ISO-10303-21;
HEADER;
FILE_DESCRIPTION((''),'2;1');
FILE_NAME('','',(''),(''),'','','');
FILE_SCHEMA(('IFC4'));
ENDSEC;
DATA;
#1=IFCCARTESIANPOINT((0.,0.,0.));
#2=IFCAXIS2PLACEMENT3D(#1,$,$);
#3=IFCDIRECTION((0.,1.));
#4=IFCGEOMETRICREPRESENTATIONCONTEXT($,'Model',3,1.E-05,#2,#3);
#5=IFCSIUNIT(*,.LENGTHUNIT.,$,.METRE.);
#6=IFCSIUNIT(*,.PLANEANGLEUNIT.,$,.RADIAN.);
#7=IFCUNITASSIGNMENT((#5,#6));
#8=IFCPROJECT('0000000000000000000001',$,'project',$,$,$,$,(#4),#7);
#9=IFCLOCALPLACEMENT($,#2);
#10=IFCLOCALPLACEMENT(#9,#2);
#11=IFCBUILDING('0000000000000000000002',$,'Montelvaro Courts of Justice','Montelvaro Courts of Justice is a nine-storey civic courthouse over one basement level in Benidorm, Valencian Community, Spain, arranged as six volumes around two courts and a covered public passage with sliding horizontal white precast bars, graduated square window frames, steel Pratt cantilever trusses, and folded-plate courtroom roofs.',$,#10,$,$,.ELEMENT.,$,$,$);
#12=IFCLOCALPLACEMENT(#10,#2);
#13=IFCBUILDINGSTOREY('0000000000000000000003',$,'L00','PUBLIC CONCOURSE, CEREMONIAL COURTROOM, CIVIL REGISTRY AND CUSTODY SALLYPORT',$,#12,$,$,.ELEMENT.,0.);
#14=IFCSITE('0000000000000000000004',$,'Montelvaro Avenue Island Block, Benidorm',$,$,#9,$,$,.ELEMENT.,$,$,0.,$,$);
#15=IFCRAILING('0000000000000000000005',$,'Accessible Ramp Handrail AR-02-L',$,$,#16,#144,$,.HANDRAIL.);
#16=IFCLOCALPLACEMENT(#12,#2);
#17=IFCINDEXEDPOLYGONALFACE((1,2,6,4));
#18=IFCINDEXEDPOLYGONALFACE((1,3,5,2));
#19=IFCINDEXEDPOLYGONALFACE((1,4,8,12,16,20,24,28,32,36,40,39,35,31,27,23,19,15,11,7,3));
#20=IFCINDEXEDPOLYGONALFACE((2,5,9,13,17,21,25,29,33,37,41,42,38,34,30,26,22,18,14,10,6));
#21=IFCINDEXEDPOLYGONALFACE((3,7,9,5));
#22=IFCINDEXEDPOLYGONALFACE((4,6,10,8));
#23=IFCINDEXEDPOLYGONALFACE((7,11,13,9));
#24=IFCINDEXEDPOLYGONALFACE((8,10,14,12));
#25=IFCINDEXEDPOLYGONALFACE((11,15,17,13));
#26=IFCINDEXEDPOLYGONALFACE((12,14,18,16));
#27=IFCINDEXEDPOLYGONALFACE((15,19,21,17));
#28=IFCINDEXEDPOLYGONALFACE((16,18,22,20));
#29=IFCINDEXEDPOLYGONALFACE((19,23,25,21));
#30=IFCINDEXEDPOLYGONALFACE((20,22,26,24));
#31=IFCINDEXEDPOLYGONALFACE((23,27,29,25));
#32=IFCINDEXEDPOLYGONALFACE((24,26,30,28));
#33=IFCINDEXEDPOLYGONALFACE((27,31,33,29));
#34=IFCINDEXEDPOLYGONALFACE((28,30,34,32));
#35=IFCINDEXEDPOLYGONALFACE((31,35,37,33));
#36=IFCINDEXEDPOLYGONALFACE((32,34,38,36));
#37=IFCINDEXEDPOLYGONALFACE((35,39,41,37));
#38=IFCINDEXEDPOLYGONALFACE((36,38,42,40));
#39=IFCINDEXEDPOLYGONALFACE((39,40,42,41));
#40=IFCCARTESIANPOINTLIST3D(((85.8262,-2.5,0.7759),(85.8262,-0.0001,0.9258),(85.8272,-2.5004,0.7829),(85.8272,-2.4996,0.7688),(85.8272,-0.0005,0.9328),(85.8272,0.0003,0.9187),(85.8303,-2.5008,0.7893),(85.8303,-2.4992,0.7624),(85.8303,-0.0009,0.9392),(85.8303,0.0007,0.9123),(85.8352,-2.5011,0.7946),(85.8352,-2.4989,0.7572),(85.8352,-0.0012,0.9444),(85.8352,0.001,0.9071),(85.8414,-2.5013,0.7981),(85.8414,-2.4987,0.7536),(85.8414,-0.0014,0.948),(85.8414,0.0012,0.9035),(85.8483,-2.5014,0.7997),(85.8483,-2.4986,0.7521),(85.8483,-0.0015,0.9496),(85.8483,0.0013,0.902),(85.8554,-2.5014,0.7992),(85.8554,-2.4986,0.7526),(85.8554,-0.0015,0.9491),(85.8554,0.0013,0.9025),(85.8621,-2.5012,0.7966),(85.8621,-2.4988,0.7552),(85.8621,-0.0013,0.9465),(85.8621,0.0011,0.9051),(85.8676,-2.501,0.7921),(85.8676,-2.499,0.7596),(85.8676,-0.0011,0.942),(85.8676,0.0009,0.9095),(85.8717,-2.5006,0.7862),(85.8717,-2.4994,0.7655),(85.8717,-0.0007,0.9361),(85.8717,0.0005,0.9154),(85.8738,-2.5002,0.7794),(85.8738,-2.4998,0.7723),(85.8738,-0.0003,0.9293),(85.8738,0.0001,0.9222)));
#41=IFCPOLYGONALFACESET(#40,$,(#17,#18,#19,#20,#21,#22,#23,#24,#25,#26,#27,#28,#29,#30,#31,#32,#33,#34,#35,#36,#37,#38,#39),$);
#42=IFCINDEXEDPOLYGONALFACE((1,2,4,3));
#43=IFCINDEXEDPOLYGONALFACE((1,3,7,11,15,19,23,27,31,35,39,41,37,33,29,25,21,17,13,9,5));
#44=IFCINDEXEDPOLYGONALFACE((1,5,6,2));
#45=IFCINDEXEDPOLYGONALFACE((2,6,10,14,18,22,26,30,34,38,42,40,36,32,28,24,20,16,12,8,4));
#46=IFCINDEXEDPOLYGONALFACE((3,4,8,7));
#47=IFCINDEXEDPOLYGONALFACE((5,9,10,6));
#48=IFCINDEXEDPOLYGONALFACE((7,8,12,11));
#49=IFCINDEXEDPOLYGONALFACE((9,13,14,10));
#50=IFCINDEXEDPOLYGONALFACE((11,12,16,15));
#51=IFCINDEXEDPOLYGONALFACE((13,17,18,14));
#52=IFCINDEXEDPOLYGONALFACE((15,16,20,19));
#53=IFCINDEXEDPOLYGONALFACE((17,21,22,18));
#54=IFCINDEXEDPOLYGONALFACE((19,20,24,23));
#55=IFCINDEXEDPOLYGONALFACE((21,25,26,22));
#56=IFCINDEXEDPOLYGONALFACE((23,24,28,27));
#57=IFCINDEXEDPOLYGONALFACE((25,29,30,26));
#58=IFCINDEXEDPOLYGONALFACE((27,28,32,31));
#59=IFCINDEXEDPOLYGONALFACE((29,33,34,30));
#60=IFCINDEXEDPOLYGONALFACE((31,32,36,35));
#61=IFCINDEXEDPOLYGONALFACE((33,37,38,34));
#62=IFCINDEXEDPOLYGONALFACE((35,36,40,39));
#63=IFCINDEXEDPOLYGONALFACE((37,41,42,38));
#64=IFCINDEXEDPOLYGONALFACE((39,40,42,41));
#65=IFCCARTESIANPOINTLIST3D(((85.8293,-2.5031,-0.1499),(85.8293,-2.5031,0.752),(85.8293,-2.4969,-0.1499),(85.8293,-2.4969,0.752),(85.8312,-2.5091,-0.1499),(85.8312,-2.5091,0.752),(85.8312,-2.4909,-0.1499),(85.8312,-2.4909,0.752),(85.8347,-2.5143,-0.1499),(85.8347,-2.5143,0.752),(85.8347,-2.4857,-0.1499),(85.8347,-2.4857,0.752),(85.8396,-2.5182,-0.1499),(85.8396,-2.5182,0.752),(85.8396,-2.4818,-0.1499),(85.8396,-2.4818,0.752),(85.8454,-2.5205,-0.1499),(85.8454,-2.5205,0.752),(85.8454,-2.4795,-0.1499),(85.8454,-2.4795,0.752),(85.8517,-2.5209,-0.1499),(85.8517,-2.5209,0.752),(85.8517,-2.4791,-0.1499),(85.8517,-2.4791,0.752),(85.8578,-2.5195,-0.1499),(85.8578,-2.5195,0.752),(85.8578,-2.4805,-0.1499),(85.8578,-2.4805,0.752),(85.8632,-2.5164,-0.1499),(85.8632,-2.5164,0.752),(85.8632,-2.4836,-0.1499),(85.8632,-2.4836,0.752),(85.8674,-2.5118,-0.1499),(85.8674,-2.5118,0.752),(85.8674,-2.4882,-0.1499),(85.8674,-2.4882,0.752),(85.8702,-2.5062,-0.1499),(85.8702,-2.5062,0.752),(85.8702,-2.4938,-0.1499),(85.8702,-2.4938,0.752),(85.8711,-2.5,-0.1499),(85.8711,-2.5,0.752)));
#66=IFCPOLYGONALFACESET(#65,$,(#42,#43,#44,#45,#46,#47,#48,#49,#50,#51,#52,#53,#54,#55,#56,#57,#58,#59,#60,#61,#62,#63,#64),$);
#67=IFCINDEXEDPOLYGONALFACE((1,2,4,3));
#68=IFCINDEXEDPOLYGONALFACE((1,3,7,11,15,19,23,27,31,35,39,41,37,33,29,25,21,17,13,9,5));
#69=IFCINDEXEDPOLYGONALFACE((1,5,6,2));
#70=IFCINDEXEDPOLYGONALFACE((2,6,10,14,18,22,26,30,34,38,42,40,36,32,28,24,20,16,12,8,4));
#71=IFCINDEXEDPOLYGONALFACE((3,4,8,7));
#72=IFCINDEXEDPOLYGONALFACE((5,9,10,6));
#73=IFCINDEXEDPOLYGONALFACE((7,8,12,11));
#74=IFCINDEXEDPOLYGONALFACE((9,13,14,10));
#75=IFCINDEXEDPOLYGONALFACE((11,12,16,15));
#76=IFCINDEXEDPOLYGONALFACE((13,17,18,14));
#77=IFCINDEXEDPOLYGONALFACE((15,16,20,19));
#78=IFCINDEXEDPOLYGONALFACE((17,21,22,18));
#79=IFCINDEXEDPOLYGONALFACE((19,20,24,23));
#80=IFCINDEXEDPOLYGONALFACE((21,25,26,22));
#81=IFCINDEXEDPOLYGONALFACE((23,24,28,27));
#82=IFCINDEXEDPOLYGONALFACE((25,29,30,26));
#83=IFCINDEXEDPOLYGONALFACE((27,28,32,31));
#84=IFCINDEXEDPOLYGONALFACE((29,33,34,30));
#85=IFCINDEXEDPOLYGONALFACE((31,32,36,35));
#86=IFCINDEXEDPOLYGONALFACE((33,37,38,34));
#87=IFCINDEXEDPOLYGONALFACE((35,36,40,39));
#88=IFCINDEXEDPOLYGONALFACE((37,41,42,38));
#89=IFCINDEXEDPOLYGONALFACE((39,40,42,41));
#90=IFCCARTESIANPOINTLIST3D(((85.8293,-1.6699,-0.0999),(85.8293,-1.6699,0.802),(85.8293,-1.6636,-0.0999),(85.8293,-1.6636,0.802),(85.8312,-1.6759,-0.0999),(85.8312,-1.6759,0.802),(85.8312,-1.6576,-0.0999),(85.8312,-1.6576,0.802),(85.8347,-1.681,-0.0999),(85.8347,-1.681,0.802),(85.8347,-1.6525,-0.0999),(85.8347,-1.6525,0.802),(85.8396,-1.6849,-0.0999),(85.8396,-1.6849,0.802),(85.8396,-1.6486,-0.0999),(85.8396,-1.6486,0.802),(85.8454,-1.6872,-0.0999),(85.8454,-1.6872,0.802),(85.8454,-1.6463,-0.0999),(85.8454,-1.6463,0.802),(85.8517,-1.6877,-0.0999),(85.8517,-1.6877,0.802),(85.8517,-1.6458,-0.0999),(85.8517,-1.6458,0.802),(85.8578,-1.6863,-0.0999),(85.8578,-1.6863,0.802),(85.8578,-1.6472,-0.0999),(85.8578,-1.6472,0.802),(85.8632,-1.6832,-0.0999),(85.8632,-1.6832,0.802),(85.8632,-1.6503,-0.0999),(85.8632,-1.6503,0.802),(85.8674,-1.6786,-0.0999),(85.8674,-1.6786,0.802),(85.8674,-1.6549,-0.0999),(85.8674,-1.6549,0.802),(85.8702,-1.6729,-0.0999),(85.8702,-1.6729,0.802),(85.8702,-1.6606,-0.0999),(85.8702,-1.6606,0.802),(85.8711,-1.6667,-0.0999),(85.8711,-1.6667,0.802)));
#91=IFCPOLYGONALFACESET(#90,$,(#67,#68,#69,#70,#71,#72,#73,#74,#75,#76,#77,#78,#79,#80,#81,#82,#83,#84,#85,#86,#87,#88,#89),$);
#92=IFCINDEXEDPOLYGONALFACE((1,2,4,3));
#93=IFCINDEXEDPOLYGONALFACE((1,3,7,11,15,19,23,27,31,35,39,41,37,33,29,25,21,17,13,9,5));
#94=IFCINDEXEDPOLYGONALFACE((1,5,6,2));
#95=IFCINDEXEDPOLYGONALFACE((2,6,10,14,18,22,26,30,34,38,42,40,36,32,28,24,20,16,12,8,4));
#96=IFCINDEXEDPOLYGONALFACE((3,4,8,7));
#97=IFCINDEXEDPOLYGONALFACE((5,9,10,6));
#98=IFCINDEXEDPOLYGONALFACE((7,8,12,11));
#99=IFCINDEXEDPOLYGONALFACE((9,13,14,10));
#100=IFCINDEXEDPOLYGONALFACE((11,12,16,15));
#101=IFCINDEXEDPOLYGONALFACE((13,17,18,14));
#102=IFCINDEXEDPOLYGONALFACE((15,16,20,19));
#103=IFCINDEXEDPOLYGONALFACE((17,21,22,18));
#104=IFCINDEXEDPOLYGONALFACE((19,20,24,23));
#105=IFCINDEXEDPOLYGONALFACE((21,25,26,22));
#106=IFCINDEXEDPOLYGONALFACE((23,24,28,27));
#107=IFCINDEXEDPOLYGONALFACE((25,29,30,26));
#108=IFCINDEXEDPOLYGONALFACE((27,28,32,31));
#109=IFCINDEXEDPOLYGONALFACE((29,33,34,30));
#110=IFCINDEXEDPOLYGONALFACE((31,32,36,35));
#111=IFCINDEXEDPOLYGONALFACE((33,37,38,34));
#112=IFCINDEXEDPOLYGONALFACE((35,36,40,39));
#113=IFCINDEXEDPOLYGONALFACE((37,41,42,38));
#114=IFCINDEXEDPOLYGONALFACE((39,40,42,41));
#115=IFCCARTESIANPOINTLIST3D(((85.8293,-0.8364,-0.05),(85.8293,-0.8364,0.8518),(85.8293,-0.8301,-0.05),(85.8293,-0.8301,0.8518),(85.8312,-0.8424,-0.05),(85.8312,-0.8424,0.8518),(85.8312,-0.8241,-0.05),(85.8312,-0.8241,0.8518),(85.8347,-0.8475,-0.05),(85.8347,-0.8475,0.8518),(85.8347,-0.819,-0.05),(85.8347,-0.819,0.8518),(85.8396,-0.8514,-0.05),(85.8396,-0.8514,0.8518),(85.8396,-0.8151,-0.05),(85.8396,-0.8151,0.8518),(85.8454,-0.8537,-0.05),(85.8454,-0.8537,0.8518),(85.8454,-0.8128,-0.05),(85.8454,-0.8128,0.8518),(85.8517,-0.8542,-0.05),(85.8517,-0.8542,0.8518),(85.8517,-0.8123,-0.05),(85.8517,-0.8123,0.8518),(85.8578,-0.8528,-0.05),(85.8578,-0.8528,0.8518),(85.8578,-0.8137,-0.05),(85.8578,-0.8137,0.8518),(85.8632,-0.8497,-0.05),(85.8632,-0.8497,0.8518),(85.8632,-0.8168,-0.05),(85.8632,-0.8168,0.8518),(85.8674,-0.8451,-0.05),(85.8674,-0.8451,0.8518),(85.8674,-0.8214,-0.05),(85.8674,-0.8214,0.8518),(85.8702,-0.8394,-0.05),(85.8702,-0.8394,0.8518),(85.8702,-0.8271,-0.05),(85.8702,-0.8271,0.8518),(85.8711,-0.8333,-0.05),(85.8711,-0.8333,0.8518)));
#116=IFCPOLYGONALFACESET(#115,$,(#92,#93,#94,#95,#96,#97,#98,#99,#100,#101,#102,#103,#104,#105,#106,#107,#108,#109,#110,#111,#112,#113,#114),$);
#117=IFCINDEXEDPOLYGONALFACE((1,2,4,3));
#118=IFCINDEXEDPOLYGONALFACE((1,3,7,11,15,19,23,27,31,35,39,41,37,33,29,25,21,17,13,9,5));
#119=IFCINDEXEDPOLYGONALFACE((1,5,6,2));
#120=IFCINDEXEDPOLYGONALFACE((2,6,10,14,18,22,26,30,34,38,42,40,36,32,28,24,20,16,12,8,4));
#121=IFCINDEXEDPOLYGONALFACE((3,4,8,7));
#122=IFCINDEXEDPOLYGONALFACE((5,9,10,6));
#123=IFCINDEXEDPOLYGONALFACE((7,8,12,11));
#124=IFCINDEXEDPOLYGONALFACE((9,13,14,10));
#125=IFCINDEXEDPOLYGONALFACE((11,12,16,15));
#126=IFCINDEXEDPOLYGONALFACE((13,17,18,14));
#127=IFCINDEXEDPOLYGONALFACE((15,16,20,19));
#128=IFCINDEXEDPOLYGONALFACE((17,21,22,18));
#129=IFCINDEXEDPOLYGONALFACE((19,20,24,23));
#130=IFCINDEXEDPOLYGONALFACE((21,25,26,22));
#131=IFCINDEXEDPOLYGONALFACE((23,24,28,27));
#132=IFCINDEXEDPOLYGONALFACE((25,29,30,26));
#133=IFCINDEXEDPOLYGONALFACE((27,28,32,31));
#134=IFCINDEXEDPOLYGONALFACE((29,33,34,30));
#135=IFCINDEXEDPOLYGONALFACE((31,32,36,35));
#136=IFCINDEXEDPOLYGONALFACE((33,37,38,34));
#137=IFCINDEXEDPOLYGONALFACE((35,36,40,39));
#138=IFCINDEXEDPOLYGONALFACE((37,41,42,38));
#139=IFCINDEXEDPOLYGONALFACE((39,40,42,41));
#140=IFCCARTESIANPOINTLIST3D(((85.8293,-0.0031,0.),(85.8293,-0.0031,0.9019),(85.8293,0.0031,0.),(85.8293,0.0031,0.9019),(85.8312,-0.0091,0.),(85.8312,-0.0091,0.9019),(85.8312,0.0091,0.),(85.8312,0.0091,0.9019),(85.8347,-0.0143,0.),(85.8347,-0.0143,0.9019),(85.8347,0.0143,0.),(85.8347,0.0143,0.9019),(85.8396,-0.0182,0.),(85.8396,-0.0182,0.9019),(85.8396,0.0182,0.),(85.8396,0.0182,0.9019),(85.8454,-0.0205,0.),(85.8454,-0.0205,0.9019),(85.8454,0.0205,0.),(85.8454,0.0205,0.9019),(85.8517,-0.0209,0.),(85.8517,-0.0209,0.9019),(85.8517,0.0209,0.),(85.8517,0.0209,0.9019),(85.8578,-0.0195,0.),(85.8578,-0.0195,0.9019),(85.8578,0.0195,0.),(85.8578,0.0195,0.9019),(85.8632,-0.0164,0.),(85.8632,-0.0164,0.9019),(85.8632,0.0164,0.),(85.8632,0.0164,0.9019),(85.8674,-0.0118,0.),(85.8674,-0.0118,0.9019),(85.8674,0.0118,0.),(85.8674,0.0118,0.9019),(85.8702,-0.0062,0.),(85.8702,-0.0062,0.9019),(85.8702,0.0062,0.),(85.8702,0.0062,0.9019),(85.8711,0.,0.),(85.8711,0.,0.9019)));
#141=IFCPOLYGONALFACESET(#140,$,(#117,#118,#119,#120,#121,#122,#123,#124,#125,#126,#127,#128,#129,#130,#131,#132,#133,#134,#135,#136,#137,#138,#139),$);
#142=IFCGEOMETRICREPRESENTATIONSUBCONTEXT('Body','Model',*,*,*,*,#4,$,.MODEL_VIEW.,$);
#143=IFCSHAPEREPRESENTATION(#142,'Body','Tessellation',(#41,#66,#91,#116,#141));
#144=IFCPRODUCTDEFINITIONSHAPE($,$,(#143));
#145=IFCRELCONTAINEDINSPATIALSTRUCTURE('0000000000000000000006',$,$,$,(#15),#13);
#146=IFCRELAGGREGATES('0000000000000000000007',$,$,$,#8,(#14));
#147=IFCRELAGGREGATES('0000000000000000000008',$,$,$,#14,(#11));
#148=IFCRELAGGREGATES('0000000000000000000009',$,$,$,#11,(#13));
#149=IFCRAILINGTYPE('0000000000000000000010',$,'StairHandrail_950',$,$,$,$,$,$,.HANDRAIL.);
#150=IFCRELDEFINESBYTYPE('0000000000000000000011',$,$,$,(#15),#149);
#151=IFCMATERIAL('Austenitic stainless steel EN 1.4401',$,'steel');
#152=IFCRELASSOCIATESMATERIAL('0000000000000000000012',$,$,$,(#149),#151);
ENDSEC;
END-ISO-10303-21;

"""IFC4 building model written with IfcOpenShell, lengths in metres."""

from ifc_helpers import new_model, si_unit, direction, frame, origin, origin_2d, place, context, subcontext, project, spatial, circle, extrude, material, type_object, element, save


model = new_model("IFC4")

# Units and contexts
model_context = context("Model", 3, precision=1e-05, world=origin(), true_north=direction((0.0, 1.0)))
body_context = subcontext(model_context, "Body", "Model", "MODEL_VIEW")
ifc_project = project(units=[si_unit("LENGTHUNIT", "METRE"), si_unit("PLANEANGLEUNIT", "RADIAN")], contexts=[model_context])

# Site, building, storey
site_placement = place(None, origin())
site = spatial("IfcSite", under=ifc_project, at=site_placement, Name="Montelvaro Avenue Island Block, Benidorm", CompositionType="ELEMENT", RefElevation=0.0)
building_placement = place(site_placement, origin())
building = spatial("IfcBuilding", under=site, at=building_placement, Name="Montelvaro Courts of Justice", Description="Montelvaro Courts of Justice is a nine-storey civic courthouse over one basement level in Benidorm, Valencian Community, Spain, arranged as six volumes around two courts and a covered public passage with sliding horizontal white precast bars, graduated square window frames, steel Pratt cantilever trusses, and folded-plate courtroom roofs.", CompositionType="ELEMENT")
storey_placement = place(building_placement, origin())
storey = spatial("IfcBuildingStorey", under=building, at=storey_placement, Name="L00", Description="PUBLIC CONCOURSE, CEREMONIAL COURTROOM, CIVIL REGISTRY AND CUSTODY SALLYPORT", CompositionType="ELEMENT", Elevation=0.0)

# Railing
ifc_material_1 = material(Name="Austenitic stainless steel EN 1.4401", Category="steel")
railing_type = type_object("IfcRailingType", Name="StairHandrail_950", PredefinedType="HANDRAIL", material=ifc_material_1)
for number, where, name in (
    (1, (85.8501, -2.5, -0.1499), "Accessible Ramp Handrail AR-02-L"),
):
    element("IfcRailing", number, at=place(storey_placement, frame(where)), inside=storey, type_object=railing_type, Name=name, PredefinedType="HANDRAIL", context=body_context, shape_type="SweptSolid", body=[
        extrude(circle(Radius=0.0239, at=origin_2d()), frame((0.0, 0.0, 0.9258), z_axis=(0.0, 0.998207, 0.059853), x_axis=(-1.0, 0.0, 0.0)), (0.0, 0.0, 1.0), 2.5044),
        extrude(circle(Radius=0.021, at=origin_2d()), origin(), (0.0, 0.0, 1.0), 0.9019),
        extrude(circle(Radius=0.021, at=origin_2d()), frame((0.0, 0.8333, 0.05)), (0.0, 0.0, 1.0), 0.9019),
        extrude(circle(Radius=0.021, at=origin_2d()), frame((0.0, 1.6667, 0.0999)), (0.0, 0.0, 1.0), 0.9019),
        extrude(circle(Radius=0.021, at=origin_2d()), frame((0.0, 2.5, 0.1499)), (0.0, 0.0, 1.0), 0.9019),
    ])

save(model, "model.ifc")
